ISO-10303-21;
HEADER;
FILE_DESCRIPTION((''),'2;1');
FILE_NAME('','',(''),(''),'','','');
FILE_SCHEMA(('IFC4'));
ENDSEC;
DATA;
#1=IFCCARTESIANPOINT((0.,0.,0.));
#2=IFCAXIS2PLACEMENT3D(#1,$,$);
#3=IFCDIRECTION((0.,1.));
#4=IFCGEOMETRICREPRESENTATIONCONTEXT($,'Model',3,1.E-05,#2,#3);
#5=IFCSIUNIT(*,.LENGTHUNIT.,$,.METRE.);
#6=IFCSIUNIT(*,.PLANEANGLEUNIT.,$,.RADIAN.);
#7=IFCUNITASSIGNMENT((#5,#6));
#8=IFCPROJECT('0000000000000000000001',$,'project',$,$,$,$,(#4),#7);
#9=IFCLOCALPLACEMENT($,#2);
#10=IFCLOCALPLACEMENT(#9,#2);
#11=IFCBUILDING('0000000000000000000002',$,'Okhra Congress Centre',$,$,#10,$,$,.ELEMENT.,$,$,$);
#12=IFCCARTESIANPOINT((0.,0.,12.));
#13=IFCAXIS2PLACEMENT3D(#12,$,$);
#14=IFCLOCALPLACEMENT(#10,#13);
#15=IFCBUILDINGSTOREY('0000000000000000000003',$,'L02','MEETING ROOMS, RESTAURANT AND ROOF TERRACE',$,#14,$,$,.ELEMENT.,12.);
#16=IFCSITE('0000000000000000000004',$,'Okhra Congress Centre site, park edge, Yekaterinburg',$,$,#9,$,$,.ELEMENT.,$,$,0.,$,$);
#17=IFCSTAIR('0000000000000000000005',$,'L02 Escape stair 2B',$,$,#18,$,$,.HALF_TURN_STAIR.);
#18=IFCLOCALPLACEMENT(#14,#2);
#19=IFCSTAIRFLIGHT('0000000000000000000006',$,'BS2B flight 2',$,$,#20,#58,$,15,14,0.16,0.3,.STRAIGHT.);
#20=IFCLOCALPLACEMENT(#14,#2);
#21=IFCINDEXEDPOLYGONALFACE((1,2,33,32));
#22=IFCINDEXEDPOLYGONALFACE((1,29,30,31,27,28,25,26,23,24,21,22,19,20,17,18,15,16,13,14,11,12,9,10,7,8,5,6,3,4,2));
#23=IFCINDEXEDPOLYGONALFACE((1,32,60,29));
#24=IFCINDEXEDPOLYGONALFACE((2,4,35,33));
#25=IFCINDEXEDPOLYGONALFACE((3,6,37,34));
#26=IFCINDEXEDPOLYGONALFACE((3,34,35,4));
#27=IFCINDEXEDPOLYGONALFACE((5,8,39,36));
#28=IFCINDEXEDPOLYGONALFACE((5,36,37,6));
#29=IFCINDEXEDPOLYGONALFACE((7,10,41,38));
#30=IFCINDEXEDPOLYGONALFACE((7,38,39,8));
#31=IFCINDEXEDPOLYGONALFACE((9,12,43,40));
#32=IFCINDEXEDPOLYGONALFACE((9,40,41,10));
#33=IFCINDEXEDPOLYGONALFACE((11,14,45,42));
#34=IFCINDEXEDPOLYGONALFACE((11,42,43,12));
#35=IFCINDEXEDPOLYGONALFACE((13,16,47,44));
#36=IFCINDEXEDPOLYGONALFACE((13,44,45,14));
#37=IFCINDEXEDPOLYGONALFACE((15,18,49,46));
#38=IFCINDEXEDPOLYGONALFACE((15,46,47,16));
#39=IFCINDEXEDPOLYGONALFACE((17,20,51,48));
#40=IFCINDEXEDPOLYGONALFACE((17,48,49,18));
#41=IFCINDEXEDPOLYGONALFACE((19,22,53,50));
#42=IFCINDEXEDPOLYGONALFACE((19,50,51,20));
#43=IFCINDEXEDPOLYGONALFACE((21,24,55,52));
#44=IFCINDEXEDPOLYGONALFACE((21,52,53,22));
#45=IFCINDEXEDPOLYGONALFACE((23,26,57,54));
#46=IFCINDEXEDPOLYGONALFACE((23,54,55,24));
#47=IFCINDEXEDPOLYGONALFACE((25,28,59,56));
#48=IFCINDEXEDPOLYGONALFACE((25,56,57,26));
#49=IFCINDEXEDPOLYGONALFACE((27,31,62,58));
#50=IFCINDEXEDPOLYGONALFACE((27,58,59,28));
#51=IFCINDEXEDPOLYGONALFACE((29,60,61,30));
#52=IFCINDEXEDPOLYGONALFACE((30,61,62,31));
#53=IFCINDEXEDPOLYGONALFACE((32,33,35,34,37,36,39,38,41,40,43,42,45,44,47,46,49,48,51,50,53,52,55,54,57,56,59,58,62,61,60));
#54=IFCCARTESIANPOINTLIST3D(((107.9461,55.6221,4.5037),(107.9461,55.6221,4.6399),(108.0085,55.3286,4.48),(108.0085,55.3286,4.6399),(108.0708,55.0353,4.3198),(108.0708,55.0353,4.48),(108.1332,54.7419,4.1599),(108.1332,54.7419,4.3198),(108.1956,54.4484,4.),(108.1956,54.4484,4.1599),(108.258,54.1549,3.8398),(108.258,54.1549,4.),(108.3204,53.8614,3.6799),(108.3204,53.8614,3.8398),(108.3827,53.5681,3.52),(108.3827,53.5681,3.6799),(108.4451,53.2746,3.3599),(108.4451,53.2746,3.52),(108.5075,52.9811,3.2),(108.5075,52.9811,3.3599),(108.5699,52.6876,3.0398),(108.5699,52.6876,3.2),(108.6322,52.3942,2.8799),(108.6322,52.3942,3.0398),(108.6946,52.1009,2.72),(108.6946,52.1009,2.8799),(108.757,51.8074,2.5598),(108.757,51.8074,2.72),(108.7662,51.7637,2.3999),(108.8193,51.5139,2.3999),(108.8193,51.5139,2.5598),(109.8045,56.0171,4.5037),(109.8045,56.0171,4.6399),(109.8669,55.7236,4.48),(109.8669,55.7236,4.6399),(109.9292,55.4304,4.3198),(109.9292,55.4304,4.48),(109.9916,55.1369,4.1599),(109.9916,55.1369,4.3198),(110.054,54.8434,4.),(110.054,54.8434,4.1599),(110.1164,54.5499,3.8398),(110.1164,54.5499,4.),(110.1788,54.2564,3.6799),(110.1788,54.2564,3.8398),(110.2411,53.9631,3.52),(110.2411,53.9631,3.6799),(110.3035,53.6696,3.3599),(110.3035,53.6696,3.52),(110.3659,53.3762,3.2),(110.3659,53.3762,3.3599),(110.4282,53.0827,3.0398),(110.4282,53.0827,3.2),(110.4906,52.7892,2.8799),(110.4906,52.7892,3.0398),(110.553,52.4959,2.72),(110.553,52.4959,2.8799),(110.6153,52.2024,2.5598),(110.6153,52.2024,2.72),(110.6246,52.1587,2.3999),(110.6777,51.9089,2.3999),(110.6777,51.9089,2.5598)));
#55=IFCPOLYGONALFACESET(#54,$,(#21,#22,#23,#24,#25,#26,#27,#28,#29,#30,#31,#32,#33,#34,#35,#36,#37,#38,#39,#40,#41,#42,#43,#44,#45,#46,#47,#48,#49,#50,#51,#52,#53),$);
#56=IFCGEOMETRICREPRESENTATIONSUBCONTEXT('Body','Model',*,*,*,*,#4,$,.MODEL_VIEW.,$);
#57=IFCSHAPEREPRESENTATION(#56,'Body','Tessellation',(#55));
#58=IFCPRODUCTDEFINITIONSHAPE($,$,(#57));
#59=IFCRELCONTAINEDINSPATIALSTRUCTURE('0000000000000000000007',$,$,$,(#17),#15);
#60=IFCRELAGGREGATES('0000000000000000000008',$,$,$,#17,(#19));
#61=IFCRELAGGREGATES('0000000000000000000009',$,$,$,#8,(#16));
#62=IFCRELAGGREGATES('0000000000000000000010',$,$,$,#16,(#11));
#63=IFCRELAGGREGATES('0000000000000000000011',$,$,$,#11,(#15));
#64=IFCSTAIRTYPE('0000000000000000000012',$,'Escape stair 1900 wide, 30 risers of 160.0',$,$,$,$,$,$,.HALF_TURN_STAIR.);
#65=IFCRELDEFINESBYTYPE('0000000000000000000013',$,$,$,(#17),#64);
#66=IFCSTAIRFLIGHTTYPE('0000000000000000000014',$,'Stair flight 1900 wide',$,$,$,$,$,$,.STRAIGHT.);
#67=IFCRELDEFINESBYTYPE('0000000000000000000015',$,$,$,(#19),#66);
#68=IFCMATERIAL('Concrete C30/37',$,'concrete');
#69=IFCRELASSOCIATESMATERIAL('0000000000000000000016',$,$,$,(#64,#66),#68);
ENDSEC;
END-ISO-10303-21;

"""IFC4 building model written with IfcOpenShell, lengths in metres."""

from ifc_helpers import new_model, si_unit, direction, frame, origin, place, context, subcontext, project, spatial, polyline, outline, extrude, material, type_object, element, aggregate, save


model = new_model("IFC4")

# Units and contexts
model_context = context("Model", 3, precision=1e-05, world=origin(), true_north=direction((0.0, 1.0)))
body_context = subcontext(model_context, "Body", "Model", "MODEL_VIEW")
ifc_project = project(units=[si_unit("LENGTHUNIT", "METRE"), si_unit("PLANEANGLEUNIT", "RADIAN")], contexts=[model_context])

# Site, building, storey
site_placement = place(None, origin())
site = spatial("IfcSite", under=ifc_project, at=site_placement, Name="Okhra Congress Centre site, park edge, Yekaterinburg", CompositionType="ELEMENT", RefElevation=0.0)
building_placement = place(site_placement, origin())
building = spatial("IfcBuilding", under=site, at=building_placement, Name="Okhra Congress Centre", CompositionType="ELEMENT")
storey_placement = place(building_placement, frame((0.0, 0.0, 12.0)))
storey = spatial("IfcBuildingStorey", under=building, at=storey_placement, Name="L02", Description="MEETING ROOMS, RESTAURANT AND ROOF TERRACE", CompositionType="ELEMENT", Elevation=12.0)

# Stair, stair flight
ifc_material_1 = material(Name="Concrete C30/37", Category="concrete")
stair_type = type_object("IfcStairType", Name="Escape stair 1900 wide, 30 risers of 160.0", PredefinedType="HALF_TURN_STAIR", material=ifc_material_1)
stair_flight_type = type_object("IfcStairFlightType", Name="Stair flight 1900 wide", PredefinedType="STRAIGHT", material=ifc_material_1)
stair_1_placement = place(storey_placement, origin())
stair_1 = element("IfcStair", 1, at=stair_1_placement, inside=storey, type_object=stair_type, Name="L02 Escape stair 2B", PredefinedType="HALF_TURN_STAIR")
stair_flight_1_placement = place(storey_placement, frame((109.7485, 51.7114, 2.3999), z_axis=(0.0, 0.0, 1.0), x_axis=(-0.207912, 0.978148, 0.0)))
stair_flight_1 = element("IfcStairFlight", 2, at=stair_flight_1_placement, type_object=stair_flight_type, Name="BS2B flight 2", NumberOfRisers=15, NumberOfTreads=14, PredefinedType="STRAIGHT", RiserHeight=0.16, TreadLength=0.3, context=body_context, shape_type="SweptSolid", body=[
    extrude(outline(polyline([(0.0, 0.0), (0.0, 0.1599), (0.3, 0.1599), (0.3, 0.3201), (0.6001, 0.3201), (0.6001, 0.48), (0.8999, 0.48), (0.8999, 0.6399), (1.2, 0.6399), (1.2, 0.8), (1.5, 0.8), (1.5, 0.96), (1.8, 0.96), (1.8, 1.1201), (2.1001, 1.1201), (2.1001, 1.28), (2.3999, 1.28), (2.3999, 1.4399), (2.7, 1.4399), (2.7, 1.6001), (3.0, 1.6001), (3.0, 1.76), (3.3, 1.76), (3.3, 1.9199), (3.6001, 1.9199), (3.6001, 2.0801), (3.8999, 2.0801), (3.8999, 2.24), (4.2, 2.24), (4.2, 2.3999), (4.2, 2.1038), (0.2554, 0.0), (0.0, 0.0)])), frame((0.0, 0.95, 0.0), z_axis=(0.0, -1.0, 0.0), x_axis=(1.0, 0.0, 0.0)), (0.0, 0.0, 1.0), 1.8999),
])
aggregate(stair_1, [stair_flight_1])

save(model, "model.ifc")
